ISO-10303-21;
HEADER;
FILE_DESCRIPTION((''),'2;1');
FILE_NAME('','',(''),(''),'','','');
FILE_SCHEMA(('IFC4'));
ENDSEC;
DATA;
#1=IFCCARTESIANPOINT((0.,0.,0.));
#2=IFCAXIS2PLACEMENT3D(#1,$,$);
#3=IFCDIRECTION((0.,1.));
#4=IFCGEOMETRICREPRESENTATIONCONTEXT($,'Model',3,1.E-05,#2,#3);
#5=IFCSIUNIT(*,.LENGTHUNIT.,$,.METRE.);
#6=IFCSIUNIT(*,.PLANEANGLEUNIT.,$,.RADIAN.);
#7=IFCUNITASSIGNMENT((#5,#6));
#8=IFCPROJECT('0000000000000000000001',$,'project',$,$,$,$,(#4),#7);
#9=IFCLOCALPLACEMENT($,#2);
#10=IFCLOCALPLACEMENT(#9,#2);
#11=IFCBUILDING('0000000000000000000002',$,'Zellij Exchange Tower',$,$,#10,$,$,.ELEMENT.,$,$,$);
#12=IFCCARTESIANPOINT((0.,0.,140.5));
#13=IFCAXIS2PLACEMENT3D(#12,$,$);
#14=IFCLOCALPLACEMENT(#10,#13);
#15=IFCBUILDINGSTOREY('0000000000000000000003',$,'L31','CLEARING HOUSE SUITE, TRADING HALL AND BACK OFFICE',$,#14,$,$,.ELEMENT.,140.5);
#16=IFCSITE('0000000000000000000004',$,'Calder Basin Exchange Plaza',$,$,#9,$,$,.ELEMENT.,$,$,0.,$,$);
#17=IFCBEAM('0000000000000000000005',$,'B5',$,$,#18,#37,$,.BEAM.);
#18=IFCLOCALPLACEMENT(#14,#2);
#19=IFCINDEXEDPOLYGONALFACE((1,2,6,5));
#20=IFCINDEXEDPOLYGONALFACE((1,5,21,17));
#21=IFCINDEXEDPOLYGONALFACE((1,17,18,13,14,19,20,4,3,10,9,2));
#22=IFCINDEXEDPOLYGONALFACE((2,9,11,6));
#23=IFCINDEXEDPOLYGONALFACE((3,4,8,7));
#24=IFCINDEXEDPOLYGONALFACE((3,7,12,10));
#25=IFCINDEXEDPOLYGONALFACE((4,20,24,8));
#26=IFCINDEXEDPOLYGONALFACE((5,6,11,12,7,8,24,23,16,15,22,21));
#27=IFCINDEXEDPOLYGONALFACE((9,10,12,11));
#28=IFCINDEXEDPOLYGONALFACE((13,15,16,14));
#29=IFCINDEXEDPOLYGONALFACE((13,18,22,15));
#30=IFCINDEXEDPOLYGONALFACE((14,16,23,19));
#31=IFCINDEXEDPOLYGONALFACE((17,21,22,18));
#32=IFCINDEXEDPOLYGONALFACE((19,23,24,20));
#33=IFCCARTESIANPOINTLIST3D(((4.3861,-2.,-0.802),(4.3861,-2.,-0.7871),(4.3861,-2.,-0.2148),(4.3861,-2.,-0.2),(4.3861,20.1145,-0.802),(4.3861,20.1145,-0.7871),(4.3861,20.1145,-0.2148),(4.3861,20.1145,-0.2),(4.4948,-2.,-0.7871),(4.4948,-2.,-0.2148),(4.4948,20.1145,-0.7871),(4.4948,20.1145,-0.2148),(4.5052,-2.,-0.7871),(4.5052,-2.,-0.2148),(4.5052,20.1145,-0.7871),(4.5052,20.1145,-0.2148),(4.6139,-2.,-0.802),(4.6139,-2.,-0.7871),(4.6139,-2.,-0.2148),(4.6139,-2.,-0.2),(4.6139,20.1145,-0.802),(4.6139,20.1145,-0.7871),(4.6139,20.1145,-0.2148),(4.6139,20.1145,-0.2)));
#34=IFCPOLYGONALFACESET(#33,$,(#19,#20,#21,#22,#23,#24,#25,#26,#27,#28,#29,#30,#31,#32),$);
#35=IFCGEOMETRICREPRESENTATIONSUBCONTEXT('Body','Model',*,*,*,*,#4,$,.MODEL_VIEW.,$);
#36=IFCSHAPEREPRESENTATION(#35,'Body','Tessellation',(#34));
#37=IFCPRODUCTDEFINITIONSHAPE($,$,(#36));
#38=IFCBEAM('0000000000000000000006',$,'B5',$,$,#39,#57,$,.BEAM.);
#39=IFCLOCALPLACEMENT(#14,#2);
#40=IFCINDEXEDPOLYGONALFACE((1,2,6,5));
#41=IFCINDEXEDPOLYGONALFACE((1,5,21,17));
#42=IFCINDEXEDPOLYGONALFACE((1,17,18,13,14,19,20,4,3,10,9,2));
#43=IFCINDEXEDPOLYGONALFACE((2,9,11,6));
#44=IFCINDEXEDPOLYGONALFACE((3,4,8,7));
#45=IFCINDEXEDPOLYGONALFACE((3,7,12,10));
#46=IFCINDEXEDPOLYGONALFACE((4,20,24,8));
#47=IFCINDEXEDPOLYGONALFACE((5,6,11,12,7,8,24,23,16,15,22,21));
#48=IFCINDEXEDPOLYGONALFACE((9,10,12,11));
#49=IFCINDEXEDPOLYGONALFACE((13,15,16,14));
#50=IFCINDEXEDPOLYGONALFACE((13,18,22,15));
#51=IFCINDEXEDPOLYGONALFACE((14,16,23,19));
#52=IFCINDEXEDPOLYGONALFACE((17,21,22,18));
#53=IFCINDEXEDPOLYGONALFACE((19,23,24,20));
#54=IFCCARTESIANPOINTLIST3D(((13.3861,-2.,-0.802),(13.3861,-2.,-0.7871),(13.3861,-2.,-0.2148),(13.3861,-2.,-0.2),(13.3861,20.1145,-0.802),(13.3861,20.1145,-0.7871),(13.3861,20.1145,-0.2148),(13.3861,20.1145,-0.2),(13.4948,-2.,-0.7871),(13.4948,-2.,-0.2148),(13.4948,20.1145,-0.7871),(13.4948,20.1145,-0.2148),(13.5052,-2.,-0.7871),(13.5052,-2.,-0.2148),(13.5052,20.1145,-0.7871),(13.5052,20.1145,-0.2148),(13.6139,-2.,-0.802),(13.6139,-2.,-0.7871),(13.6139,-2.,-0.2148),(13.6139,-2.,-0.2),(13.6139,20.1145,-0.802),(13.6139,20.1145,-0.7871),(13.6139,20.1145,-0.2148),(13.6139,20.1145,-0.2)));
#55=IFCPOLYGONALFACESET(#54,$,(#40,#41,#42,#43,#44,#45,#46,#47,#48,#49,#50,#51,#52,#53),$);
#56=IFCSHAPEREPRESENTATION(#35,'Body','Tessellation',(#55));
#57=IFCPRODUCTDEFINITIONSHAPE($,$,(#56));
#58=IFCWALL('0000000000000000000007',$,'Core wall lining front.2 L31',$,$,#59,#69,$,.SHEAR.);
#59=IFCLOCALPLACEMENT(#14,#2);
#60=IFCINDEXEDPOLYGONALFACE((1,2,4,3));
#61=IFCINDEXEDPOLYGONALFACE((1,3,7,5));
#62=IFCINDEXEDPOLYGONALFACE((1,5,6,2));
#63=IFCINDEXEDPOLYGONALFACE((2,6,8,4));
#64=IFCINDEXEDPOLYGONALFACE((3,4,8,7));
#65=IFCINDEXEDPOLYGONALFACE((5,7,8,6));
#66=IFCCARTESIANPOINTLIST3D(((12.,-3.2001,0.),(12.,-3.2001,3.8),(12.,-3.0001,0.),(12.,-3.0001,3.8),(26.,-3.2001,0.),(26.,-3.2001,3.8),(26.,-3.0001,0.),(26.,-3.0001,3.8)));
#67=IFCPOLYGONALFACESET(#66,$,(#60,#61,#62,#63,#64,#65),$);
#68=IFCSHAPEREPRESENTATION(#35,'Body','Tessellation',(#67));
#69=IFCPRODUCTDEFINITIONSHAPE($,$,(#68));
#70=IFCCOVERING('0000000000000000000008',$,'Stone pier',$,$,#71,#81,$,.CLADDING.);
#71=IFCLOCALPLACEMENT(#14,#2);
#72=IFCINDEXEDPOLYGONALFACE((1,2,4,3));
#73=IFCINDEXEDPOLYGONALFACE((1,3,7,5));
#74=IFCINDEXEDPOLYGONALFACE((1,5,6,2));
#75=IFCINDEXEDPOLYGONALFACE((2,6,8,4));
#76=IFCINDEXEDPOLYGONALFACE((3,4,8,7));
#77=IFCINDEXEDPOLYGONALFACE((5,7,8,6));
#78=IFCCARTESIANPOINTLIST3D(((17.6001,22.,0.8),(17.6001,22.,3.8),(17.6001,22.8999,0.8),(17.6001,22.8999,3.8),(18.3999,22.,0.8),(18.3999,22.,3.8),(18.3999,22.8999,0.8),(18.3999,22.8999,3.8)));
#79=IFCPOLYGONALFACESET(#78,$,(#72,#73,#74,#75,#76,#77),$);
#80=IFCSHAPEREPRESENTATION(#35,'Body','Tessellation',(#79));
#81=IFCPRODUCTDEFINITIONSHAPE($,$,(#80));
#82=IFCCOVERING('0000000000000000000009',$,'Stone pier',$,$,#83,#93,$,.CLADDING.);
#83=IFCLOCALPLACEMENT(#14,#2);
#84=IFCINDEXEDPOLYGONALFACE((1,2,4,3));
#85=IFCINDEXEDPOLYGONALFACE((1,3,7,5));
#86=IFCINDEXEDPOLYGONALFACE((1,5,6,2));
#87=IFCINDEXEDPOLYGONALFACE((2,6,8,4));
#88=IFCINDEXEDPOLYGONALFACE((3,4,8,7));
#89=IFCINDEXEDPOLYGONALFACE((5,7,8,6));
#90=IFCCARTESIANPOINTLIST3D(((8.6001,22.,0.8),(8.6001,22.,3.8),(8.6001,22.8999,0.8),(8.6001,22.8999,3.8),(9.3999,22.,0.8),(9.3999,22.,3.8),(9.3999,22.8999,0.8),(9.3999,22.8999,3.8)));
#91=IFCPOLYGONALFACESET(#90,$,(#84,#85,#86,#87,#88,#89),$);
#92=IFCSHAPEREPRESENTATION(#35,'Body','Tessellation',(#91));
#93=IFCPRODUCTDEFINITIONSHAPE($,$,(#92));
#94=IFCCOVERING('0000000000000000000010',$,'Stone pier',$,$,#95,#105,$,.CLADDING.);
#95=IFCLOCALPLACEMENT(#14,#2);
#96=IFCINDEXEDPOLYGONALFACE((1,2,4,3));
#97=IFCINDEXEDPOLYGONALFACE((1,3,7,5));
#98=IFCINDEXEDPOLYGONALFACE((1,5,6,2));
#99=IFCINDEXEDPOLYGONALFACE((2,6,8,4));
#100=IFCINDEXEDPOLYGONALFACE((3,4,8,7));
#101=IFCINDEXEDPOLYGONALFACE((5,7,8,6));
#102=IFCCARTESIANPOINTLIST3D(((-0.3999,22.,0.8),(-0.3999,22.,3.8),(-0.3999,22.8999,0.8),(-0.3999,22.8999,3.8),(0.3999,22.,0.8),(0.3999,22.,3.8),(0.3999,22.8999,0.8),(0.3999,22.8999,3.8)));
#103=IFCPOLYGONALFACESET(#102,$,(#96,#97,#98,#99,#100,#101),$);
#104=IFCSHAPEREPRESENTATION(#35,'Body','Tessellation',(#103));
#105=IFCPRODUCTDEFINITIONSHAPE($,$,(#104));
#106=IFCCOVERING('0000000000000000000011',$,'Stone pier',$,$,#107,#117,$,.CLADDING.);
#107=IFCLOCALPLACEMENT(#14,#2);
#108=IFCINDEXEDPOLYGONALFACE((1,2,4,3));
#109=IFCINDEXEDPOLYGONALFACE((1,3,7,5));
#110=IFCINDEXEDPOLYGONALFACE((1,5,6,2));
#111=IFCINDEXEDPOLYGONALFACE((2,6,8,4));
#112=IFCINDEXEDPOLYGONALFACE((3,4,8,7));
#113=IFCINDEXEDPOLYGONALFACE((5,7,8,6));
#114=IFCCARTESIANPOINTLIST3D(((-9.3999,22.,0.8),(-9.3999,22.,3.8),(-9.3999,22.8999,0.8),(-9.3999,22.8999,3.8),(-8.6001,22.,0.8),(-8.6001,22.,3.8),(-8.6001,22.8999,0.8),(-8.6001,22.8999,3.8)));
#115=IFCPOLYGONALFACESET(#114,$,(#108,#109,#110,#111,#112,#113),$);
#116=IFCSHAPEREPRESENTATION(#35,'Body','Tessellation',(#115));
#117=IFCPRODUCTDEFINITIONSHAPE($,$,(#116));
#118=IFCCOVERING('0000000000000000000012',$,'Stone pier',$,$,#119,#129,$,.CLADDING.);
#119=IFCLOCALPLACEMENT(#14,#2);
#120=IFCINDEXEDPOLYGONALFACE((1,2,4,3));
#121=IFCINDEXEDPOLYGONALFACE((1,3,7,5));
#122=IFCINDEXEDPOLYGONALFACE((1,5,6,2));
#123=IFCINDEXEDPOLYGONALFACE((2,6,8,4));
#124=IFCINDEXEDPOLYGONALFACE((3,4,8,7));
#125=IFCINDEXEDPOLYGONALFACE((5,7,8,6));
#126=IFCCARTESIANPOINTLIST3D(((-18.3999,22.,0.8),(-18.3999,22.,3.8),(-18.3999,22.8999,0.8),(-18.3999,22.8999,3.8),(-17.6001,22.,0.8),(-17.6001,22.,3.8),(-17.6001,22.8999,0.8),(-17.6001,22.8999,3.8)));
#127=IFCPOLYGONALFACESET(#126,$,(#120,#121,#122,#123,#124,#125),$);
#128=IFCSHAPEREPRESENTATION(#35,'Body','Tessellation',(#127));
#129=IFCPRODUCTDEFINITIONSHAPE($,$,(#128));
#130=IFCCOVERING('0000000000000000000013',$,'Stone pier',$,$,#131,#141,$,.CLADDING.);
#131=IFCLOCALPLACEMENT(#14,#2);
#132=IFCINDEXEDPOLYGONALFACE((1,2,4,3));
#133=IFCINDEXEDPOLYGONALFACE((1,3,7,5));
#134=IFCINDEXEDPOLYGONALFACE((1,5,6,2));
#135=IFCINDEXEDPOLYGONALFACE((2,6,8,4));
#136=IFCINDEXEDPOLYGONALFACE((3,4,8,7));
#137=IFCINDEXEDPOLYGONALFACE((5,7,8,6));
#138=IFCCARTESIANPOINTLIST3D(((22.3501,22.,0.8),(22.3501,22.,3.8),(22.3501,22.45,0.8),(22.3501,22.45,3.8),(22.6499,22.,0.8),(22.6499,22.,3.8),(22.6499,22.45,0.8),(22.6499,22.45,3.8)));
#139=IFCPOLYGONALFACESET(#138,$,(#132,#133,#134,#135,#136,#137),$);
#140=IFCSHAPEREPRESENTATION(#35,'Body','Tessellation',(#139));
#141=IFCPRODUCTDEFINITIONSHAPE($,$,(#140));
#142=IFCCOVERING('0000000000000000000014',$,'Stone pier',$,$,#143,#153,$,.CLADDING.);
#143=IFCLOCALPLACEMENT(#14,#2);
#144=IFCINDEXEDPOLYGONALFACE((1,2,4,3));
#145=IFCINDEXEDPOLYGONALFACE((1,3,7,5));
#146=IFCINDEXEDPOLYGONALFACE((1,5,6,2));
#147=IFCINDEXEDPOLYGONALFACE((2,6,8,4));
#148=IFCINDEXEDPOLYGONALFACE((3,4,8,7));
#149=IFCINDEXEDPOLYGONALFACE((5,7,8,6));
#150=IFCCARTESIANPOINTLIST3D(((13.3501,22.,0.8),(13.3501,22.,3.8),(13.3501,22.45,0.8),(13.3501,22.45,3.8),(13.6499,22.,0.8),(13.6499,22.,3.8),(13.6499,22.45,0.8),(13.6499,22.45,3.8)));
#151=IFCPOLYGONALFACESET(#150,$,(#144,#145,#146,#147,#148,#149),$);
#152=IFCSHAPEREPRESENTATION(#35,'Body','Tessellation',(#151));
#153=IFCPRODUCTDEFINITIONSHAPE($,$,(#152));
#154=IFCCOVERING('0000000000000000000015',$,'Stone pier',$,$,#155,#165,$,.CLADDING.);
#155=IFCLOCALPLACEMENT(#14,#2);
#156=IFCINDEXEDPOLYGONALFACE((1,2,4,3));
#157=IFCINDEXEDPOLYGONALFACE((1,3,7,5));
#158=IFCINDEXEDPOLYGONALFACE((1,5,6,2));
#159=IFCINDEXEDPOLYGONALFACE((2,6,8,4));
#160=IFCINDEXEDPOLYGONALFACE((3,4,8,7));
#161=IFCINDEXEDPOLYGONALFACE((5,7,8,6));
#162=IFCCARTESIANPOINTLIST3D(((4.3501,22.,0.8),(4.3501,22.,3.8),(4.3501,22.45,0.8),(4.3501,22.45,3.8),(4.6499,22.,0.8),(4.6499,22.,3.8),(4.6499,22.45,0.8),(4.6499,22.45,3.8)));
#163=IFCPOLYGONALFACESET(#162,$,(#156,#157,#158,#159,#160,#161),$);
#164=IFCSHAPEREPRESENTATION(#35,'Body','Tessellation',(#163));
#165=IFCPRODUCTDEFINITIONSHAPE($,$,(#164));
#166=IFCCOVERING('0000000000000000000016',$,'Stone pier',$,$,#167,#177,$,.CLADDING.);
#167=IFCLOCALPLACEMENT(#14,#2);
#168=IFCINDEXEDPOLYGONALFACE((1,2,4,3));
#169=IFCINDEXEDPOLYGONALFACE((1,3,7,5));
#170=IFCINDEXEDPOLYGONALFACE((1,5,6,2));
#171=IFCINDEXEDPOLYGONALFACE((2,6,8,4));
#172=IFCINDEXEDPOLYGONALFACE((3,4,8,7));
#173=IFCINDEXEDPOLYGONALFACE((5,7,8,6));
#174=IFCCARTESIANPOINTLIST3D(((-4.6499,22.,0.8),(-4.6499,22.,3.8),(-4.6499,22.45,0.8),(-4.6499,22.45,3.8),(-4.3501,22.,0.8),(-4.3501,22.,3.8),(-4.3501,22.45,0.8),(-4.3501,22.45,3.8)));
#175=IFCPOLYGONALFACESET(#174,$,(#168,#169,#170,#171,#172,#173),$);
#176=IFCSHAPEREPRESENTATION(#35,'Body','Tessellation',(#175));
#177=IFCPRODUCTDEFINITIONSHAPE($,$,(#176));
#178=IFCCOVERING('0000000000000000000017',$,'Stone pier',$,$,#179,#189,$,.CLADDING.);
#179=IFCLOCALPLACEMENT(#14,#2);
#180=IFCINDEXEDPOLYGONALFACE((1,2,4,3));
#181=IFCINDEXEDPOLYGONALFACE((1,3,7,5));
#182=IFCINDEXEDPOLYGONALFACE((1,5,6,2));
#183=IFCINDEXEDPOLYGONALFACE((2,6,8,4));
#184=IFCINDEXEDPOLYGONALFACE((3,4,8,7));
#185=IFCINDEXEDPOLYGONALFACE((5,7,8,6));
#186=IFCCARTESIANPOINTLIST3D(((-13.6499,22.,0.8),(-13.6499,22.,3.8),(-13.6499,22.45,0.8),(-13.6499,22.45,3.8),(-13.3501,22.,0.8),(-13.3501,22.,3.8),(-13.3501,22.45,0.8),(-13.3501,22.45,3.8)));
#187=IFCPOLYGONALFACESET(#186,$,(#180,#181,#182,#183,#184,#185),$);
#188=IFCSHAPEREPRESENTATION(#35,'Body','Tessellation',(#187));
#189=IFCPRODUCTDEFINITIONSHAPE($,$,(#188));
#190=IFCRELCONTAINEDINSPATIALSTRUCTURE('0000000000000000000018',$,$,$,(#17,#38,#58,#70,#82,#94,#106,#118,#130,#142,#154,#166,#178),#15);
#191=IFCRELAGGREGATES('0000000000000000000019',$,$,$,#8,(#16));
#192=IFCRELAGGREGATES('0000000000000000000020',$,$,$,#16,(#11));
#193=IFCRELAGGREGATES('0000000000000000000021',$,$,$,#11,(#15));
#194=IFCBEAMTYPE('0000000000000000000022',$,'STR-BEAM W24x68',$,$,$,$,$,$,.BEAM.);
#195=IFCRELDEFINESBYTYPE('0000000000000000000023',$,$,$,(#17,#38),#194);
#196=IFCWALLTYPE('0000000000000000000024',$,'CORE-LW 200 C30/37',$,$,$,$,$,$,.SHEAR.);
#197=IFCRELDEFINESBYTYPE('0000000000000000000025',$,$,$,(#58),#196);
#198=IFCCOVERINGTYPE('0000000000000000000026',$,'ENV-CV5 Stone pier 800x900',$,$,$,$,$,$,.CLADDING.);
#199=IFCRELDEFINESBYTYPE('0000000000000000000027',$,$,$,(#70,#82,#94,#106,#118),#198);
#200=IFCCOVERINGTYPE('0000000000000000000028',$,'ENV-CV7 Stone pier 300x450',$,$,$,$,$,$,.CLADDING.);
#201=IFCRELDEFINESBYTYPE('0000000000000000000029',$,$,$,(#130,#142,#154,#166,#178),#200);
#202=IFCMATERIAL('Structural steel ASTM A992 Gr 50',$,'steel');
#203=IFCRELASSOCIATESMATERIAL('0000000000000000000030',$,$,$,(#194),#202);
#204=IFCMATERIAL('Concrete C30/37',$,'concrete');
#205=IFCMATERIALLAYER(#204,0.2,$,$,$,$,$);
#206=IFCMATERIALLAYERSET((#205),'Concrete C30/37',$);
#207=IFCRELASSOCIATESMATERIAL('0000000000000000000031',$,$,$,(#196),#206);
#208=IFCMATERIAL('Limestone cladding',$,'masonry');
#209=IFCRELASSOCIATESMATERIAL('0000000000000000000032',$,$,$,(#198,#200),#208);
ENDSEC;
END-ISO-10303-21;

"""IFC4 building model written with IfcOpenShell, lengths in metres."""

from ifc_helpers import new_model, si_unit, direction, frame, frame_2d, origin, origin_2d, place, context, subcontext, project, spatial, polyline, rectangle, i_section, outline, extrude, material, layer, layer_set, material_profile, profile_set, type_object, element, save


model = new_model("IFC4")

# Units and contexts
model_context = context("Model", 3, precision=1e-05, world=origin(), true_north=direction((0.0, 1.0)))
body_context = subcontext(model_context, "Body", "Model", "MODEL_VIEW")
ifc_project = project(units=[si_unit("LENGTHUNIT", "METRE"), si_unit("PLANEANGLEUNIT", "RADIAN")], contexts=[model_context])

# Site, building, storey
site_placement = place(None, origin())
site = spatial("IfcSite", under=ifc_project, at=site_placement, Name="Calder Basin Exchange Plaza", CompositionType="ELEMENT", RefElevation=0.0)
building_placement = place(site_placement, origin())
building = spatial("IfcBuilding", under=site, at=building_placement, Name="Zellij Exchange Tower", CompositionType="ELEMENT")
storey_placement = place(building_placement, frame((0.0, 0.0, 140.5)))
storey = spatial("IfcBuildingStorey", under=building, at=storey_placement, Name="L31", Description="CLEARING HOUSE SUITE, TRADING HALL AND BACK OFFICE", CompositionType="ELEMENT", Elevation=140.5)

# Beams
ifc_material_1 = material(Name="Structural steel ASTM A992 Gr 50", Category="steel")
ifc_material_profile = material_profile(ifc_material_1, i_section(OverallWidth=0.2278, OverallDepth=0.6021, WebThickness=0.0105, FlangeThickness=0.0149, at=origin_2d()), Name="W24x68")
ifc_profile_set = profile_set([ifc_material_profile], Name="Structural steel ASTM A992 Gr 50")
beam_type = type_object("IfcBeamType", Name="STR-BEAM W24x68", PredefinedType="BEAM", material=ifc_profile_set)
for number, where, z_axis, x_axis, name in (
    (1, (4.5, -2.0, -0.501), (0.0, 1.0, 0.0), (-1.0, 0.0, 0.0), "B5"),
    (2, (13.5, -2.0, -0.501), (0.0, 1.0, 0.0), (-1.0, 0.0, 0.0), "B5"),
):
    element("IfcBeam", number, at=place(storey_placement, frame(where, z_axis=z_axis, x_axis=x_axis)), inside=storey, type_object=beam_type, Name=name, PredefinedType="BEAM", context=body_context, shape_type="SweptSolid", body=[
        extrude(i_section(OverallWidth=0.2278, OverallDepth=0.6021, WebThickness=0.0105, FlangeThickness=0.0149, at=origin_2d()), origin(), (0.0, 0.0, 1.0), 22.1145),
    ])

# Wall
ifc_material_2 = material(Name="Concrete C30/37", Category="concrete")
ifc_layer_1 = layer(ifc_material_2, 0.2)
ifc_layer_set_1 = layer_set([ifc_layer_1], Name="Concrete C30/37")
wall_type = type_object("IfcWallType", Name="CORE-LW 200 C30/37", PredefinedType="SHEAR", material=ifc_layer_set_1)
wall_placement = place(storey_placement, frame((12.0, -3.1001, 0.0), z_axis=(0.0, 0.0, 1.0), x_axis=(1.0, 0.0, 0.0)))
element("IfcWall", 3, at=wall_placement, inside=storey, type_object=wall_type, Name="Core wall lining front.2 L31", PredefinedType="SHEAR", context=body_context, shape_type="SweptSolid", body=[
    extrude(rectangle(XDim=14.0, YDim=0.2, at=frame_2d((7.0, 0.0))), origin(), (0.0, 0.0, 1.0), 3.8),
])

# Coverings
ifc_material_3 = material(Name="Limestone cladding", Category="masonry")
covering_type_1 = type_object("IfcCoveringType", Name="ENV-CV5 Stone pier 800x900", PredefinedType="CLADDING", material=ifc_material_3)
covering_1_placement = place(storey_placement, frame((0.0, 0.0, 0.8)))
element("IfcCovering", 4, at=covering_1_placement, inside=storey, type_object=covering_type_1, Name="Stone pier", PredefinedType="CLADDING", context=body_context, shape_type="SweptSolid", body=[
    extrude(outline(polyline([(18.3999, 22.0), (17.6001, 22.0), (17.6001, 22.8999), (18.3999, 22.8999), (18.3999, 22.0)])), origin(), (0.0, 0.0, 1.0), 3.0),
])
covering_2_placement = place(storey_placement, frame((0.0, 0.0, 0.8)))
element("IfcCovering", 5, at=covering_2_placement, inside=storey, type_object=covering_type_1, Name="Stone pier", PredefinedType="CLADDING", context=body_context, shape_type="SweptSolid", body=[
    extrude(outline(polyline([(9.3999, 22.0), (8.6001, 22.0), (8.6001, 22.8999), (9.3999, 22.8999), (9.3999, 22.0)])), origin(), (0.0, 0.0, 1.0), 3.0),
])
covering_3_placement = place(storey_placement, frame((0.0, 0.0, 0.8)))
element("IfcCovering", 6, at=covering_3_placement, inside=storey, type_object=covering_type_1, Name="Stone pier", PredefinedType="CLADDING", context=body_context, shape_type="SweptSolid", body=[
    extrude(outline(polyline([(0.3999, 22.0), (-0.3999, 22.0), (-0.3999, 22.8999), (0.3999, 22.8999), (0.3999, 22.0)])), origin(), (0.0, 0.0, 1.0), 3.0),
])
covering_4_placement = place(storey_placement, frame((0.0, 0.0, 0.8)))
element("IfcCovering", 7, at=covering_4_placement, inside=storey, type_object=covering_type_1, Name="Stone pier", PredefinedType="CLADDING", context=body_context, shape_type="SweptSolid", body=[
    extrude(outline(polyline([(-8.6001, 22.0), (-9.3999, 22.0), (-9.3999, 22.8999), (-8.6001, 22.8999), (-8.6001, 22.0)])), origin(), (0.0, 0.0, 1.0), 3.0),
])
covering_5_placement = place(storey_placement, frame((0.0, 0.0, 0.8)))
element("IfcCovering", 8, at=covering_5_placement, inside=storey, type_object=covering_type_1, Name="Stone pier", PredefinedType="CLADDING", context=body_context, shape_type="SweptSolid", body=[
    extrude(outline(polyline([(-17.6001, 22.0), (-18.3999, 22.0), (-18.3999, 22.8999), (-17.6001, 22.8999), (-17.6001, 22.0)])), origin(), (0.0, 0.0, 1.0), 3.0),
])
covering_type_2 = type_object("IfcCoveringType", Name="ENV-CV7 Stone pier 300x450", PredefinedType="CLADDING", material=ifc_material_3)
covering_6_placement = place(storey_placement, frame((0.0, 0.0, 0.8)))
element("IfcCovering", 9, at=covering_6_placement, inside=storey, type_object=covering_type_2, Name="Stone pier", PredefinedType="CLADDING", context=body_context, shape_type="SweptSolid", body=[
    extrude(outline(polyline([(22.6499, 22.0), (22.3501, 22.0), (22.3501, 22.45), (22.6499, 22.45), (22.6499, 22.0)])), origin(), (0.0, 0.0, 1.0), 3.0),
])
covering_7_placement = place(storey_placement, frame((0.0, 0.0, 0.8)))
element("IfcCovering", 10, at=covering_7_placement, inside=storey, type_object=covering_type_2, Name="Stone pier", PredefinedType="CLADDING", context=body_context, shape_type="SweptSolid", body=[
    extrude(outline(polyline([(13.6499, 22.0), (13.3501, 22.0), (13.3501, 22.45), (13.6499, 22.45), (13.6499, 22.0)])), origin(), (0.0, 0.0, 1.0), 3.0),
])
covering_8_placement = place(storey_placement, frame((0.0, 0.0, 0.8)))
element("IfcCovering", 11, at=covering_8_placement, inside=storey, type_object=covering_type_2, Name="Stone pier", PredefinedType="CLADDING", context=body_context, shape_type="SweptSolid", body=[
    extrude(outline(polyline([(4.6499, 22.0), (4.3501, 22.0), (4.3501, 22.45), (4.6499, 22.45), (4.6499, 22.0)])), origin(), (0.0, 0.0, 1.0), 3.0),
])
covering_9_placement = place(storey_placement, frame((0.0, 0.0, 0.8)))
element("IfcCovering", 12, at=covering_9_placement, inside=storey, type_object=covering_type_2, Name="Stone pier", PredefinedType="CLADDING", context=body_context, shape_type="SweptSolid", body=[
    extrude(outline(polyline([(-4.3501, 22.0), (-4.6499, 22.0), (-4.6499, 22.45), (-4.3501, 22.45), (-4.3501, 22.0)])), origin(), (0.0, 0.0, 1.0), 3.0),
])
covering_10_placement = place(storey_placement, frame((0.0, 0.0, 0.8)))
element("IfcCovering", 13, at=covering_10_placement, inside=storey, type_object=covering_type_2, Name="Stone pier", PredefinedType="CLADDING", context=body_context, shape_type="SweptSolid", body=[
    extrude(outline(polyline([(-13.3501, 22.0), (-13.6499, 22.0), (-13.6499, 22.45), (-13.3501, 22.45), (-13.3501, 22.0)])), origin(), (0.0, 0.0, 1.0), 3.0),
])

save(model, "model.ifc")
